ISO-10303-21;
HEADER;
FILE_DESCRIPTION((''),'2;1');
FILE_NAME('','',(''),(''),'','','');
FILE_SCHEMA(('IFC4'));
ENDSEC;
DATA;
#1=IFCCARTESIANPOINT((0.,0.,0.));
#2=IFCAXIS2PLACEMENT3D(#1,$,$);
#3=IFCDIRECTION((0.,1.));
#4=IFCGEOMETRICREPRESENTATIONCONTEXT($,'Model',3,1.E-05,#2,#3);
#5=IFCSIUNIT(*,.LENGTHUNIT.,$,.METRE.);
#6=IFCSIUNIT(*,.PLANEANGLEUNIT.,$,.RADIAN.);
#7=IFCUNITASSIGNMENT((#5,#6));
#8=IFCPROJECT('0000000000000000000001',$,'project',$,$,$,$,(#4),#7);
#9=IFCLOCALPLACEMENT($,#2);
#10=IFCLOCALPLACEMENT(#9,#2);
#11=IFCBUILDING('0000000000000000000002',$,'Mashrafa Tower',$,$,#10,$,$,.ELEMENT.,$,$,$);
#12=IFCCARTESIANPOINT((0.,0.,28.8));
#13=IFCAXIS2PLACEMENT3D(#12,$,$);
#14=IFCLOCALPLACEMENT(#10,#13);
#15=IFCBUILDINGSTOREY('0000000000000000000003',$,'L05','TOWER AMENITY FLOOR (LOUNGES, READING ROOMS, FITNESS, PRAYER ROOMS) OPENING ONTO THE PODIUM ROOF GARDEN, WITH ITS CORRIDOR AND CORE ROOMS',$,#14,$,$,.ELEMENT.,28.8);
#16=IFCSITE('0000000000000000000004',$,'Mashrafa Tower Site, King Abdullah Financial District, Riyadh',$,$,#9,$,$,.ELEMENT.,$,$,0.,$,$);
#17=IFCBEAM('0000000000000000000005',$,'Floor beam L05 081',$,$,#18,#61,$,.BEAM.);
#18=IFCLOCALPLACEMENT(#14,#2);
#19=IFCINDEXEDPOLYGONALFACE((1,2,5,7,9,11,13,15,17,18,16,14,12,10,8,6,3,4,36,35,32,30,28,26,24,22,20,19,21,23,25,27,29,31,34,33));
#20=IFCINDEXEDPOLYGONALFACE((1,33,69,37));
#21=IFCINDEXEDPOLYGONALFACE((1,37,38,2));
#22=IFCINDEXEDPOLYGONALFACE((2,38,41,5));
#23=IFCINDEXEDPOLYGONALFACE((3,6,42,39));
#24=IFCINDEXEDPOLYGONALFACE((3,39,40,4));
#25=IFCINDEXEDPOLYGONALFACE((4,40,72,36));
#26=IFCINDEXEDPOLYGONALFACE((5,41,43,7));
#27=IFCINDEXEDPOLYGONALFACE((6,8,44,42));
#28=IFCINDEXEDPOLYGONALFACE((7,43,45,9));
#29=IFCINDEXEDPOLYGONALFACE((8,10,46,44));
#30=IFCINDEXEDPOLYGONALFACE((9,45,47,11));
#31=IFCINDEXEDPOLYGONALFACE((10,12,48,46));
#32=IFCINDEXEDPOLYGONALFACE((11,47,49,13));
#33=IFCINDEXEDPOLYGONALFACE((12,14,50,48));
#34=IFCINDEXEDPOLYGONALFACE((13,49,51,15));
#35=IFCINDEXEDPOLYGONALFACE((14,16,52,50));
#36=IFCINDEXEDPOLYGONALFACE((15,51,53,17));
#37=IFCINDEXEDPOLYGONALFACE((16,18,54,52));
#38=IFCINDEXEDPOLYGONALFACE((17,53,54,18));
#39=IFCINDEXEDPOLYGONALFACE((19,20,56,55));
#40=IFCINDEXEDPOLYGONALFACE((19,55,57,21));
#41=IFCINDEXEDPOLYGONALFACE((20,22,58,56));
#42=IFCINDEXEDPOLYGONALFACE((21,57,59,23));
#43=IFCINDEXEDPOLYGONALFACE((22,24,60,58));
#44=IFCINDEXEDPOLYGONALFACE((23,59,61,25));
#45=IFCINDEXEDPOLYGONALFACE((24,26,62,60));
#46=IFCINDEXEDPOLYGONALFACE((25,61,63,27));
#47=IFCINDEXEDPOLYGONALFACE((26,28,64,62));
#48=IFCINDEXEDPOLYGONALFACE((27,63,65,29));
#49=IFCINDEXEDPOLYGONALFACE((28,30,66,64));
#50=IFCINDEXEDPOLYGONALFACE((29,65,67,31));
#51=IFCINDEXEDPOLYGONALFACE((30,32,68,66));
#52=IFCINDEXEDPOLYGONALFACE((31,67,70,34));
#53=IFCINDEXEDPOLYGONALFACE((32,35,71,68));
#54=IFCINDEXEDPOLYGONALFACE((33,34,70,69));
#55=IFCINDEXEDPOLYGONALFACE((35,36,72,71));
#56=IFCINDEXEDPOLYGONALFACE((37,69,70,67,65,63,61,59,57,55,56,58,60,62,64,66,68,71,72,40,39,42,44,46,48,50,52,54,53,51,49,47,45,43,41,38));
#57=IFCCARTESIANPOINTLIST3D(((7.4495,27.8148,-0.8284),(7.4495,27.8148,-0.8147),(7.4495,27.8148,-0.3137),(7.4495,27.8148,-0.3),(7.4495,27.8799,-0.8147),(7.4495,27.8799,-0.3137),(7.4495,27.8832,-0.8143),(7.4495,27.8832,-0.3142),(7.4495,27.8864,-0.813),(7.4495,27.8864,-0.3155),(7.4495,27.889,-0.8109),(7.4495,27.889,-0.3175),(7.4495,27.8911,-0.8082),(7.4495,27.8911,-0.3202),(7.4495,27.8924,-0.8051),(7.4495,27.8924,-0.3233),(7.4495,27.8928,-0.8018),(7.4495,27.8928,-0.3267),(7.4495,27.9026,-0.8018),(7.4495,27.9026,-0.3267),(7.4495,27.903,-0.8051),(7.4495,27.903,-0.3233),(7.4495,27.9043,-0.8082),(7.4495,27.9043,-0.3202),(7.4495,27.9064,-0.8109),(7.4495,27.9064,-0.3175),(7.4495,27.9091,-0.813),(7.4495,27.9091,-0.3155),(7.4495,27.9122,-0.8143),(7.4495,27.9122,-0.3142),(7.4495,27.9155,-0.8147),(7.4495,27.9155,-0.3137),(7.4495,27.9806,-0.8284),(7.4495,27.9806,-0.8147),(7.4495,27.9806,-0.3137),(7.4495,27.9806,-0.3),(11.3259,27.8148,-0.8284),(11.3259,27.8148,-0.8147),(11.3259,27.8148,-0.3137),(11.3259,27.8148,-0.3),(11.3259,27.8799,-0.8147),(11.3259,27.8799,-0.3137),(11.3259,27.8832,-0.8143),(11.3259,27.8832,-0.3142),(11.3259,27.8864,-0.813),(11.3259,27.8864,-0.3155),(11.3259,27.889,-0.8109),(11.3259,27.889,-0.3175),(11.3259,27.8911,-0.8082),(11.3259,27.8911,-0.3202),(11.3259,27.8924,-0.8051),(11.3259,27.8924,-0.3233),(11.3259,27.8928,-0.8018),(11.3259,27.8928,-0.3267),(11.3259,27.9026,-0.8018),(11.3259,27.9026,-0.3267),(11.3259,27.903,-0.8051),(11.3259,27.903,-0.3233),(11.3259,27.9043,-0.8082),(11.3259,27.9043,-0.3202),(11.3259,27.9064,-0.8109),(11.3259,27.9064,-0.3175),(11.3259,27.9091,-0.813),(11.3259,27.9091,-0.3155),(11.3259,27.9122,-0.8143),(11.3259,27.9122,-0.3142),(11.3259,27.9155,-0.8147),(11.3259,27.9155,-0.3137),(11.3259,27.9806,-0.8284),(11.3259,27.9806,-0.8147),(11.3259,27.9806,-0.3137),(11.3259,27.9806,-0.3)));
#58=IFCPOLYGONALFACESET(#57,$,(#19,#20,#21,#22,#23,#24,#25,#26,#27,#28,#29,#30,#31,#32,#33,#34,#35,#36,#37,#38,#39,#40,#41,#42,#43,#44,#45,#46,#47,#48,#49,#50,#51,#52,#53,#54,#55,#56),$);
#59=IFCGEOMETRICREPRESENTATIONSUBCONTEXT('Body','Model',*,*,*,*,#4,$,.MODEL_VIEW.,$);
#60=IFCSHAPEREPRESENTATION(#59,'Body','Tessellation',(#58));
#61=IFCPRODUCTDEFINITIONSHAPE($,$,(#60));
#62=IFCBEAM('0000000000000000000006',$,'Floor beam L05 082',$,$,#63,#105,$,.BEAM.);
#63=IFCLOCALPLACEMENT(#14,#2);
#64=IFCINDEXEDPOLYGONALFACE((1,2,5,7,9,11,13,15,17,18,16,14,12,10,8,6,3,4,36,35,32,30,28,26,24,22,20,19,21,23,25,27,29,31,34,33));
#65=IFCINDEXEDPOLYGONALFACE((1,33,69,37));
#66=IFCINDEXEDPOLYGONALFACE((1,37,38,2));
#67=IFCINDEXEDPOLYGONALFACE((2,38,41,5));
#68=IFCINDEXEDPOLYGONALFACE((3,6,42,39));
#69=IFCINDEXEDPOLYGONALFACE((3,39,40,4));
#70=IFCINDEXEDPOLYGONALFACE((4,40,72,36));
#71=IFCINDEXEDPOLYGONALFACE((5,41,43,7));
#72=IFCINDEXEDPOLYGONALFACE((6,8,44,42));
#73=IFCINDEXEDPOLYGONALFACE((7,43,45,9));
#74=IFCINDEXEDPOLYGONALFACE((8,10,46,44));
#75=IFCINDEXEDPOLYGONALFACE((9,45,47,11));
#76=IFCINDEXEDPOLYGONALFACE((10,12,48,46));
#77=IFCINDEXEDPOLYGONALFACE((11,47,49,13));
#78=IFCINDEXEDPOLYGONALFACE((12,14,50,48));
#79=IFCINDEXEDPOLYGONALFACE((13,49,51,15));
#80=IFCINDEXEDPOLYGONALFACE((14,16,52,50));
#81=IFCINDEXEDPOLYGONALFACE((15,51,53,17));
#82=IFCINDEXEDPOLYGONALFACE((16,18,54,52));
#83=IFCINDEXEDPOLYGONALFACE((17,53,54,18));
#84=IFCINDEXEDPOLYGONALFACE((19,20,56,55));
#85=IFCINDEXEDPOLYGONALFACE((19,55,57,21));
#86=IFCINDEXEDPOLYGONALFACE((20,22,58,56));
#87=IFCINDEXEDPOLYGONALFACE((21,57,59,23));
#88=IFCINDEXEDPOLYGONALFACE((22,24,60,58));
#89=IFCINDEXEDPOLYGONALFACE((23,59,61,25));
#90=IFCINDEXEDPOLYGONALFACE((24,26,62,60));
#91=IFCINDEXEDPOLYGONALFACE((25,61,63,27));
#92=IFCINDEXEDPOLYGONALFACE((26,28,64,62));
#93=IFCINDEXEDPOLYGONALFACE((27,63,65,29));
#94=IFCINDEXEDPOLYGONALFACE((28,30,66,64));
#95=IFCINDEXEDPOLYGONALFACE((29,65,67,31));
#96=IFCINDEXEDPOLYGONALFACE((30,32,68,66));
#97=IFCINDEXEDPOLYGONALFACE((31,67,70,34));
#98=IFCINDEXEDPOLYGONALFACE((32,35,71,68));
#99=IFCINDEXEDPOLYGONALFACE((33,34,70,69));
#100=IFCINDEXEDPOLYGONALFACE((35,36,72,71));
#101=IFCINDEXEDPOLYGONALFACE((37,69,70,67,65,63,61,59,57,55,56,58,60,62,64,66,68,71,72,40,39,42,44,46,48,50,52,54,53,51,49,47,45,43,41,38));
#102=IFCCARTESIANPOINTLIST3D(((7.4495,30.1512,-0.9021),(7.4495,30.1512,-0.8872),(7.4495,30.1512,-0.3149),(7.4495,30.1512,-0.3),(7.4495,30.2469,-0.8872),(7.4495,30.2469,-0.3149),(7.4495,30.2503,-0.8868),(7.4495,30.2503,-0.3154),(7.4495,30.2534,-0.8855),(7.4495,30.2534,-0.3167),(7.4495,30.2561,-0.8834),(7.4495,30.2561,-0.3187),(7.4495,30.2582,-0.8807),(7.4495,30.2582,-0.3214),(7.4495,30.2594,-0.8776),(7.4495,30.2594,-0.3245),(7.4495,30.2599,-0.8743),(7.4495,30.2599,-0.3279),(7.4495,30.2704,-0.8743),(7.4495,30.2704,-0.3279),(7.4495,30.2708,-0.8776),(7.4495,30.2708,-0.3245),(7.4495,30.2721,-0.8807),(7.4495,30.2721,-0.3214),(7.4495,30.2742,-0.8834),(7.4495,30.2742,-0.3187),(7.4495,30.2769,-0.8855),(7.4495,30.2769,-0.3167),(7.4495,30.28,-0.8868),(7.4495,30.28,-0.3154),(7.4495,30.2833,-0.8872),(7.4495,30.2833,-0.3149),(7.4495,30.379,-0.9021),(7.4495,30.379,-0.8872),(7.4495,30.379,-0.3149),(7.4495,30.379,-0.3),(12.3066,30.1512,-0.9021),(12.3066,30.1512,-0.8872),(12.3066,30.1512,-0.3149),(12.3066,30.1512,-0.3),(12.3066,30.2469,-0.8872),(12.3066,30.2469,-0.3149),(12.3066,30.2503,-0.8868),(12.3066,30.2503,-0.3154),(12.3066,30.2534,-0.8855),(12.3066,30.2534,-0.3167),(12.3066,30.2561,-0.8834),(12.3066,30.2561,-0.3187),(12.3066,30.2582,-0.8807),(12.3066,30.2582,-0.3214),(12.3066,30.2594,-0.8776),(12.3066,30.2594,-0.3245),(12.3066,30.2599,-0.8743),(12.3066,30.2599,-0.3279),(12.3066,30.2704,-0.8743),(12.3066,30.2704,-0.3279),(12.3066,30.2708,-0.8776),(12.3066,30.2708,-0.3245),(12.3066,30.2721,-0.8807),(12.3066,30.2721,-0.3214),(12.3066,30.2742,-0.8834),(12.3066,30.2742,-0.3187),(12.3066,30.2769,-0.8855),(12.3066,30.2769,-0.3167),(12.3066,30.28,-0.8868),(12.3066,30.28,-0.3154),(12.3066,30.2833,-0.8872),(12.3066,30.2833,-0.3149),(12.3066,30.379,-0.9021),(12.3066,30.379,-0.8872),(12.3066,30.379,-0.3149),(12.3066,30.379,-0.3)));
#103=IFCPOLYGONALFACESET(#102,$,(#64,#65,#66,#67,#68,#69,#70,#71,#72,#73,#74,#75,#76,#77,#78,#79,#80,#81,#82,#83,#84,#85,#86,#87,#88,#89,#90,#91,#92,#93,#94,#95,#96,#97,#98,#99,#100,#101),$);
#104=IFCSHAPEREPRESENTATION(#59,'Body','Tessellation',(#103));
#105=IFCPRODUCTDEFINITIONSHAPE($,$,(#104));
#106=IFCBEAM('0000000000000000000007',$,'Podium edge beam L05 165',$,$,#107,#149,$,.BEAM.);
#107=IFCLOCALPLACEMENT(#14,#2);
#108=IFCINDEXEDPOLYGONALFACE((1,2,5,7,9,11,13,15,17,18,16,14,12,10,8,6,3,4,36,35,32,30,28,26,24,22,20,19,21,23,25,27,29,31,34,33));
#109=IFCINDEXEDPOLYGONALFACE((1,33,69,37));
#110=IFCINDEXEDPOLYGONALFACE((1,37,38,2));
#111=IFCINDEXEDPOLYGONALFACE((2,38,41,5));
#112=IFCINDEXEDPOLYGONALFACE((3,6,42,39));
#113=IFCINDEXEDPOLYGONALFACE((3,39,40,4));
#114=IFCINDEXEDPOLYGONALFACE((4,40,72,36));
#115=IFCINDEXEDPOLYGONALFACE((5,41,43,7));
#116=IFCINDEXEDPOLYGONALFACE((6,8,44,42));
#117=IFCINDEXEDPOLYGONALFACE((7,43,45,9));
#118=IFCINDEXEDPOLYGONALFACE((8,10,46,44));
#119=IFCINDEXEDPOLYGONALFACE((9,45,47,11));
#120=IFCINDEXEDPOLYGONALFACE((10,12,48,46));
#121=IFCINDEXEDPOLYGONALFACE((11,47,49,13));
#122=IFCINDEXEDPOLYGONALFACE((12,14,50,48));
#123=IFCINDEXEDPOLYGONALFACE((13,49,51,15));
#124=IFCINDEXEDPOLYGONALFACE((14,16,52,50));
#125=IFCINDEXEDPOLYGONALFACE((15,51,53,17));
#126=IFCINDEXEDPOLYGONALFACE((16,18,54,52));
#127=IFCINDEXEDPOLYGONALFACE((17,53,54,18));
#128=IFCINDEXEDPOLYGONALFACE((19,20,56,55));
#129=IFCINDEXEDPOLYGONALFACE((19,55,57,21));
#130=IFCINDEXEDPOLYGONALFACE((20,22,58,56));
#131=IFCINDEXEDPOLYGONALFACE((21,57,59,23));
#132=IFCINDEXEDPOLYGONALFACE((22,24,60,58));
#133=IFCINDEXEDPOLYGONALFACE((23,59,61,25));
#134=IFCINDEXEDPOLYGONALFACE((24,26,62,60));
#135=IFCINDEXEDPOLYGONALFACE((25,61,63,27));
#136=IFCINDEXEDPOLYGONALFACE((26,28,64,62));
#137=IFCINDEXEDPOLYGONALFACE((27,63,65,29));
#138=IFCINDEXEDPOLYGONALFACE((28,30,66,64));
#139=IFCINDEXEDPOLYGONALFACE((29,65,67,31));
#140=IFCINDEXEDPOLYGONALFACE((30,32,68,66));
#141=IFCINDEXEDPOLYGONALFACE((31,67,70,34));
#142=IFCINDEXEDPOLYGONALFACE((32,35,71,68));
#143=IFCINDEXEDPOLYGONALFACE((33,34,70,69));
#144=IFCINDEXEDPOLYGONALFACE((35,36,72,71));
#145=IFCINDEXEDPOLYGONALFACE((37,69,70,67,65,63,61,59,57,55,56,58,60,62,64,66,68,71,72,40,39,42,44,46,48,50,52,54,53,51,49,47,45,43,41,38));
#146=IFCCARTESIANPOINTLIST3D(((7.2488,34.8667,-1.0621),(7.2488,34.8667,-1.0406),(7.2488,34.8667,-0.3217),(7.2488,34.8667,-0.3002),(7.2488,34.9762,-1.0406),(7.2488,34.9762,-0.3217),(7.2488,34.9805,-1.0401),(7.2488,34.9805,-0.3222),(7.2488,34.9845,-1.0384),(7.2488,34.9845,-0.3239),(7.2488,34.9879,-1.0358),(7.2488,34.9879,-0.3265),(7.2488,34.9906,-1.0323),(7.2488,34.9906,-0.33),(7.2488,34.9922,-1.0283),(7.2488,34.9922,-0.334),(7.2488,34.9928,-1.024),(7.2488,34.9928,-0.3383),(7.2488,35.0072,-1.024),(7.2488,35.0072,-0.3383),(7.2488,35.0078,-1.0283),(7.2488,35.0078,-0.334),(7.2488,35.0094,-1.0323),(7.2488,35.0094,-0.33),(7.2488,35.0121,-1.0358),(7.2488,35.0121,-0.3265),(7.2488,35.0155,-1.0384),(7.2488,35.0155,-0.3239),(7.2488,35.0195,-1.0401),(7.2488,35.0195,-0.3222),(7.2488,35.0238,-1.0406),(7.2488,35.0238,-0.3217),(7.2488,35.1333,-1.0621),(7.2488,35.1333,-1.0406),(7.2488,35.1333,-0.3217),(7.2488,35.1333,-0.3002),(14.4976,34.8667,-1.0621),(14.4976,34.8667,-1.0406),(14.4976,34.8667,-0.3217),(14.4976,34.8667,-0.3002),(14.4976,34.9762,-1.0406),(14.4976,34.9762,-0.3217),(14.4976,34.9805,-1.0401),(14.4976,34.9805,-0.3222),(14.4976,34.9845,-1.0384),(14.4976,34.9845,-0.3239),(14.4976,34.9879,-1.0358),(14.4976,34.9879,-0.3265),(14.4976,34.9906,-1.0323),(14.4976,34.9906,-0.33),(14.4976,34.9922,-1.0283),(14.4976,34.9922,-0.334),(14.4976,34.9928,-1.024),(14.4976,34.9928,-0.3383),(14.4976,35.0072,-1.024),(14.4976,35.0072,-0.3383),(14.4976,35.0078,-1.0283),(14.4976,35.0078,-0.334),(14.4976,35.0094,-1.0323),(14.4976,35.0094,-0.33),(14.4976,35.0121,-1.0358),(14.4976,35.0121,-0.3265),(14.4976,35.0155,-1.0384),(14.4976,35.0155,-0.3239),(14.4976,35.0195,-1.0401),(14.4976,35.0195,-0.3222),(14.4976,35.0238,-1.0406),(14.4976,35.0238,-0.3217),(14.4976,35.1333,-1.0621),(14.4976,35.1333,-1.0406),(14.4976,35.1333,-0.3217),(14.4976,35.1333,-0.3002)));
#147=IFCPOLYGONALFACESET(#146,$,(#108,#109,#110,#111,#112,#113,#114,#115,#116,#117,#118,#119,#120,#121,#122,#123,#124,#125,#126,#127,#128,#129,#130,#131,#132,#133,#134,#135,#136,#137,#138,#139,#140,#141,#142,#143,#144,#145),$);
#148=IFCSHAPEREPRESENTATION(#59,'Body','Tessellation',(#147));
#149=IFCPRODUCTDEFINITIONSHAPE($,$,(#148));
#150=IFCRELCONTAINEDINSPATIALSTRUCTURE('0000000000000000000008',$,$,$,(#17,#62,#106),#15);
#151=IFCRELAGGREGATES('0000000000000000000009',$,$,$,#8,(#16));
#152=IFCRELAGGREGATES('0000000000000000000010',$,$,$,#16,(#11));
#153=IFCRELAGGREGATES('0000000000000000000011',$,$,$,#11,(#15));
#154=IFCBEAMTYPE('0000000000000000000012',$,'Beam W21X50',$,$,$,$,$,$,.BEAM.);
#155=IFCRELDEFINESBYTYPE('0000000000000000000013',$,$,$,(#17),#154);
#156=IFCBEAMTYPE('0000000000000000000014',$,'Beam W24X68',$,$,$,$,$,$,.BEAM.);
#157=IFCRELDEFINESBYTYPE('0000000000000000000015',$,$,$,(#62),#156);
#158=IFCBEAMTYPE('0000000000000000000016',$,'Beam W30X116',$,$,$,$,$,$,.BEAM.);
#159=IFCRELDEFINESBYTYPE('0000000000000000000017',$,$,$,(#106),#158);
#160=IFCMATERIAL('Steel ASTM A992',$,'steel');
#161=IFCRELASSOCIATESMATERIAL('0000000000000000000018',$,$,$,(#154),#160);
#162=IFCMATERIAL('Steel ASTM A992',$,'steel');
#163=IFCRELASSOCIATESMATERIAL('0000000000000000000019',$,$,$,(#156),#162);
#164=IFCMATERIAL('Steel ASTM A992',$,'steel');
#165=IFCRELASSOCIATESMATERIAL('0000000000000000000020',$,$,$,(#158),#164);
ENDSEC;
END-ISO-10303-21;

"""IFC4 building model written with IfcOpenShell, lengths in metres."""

from ifc_helpers import new_model, si_unit, direction, frame, origin, origin_2d, place, context, subcontext, project, spatial, i_section, extrude, material, material_profile, profile_set, type_object, element, save


model = new_model("IFC4")

# Units and contexts
model_context = context("Model", 3, precision=1e-05, world=origin(), true_north=direction((0.0, 1.0)))
body_context = subcontext(model_context, "Body", "Model", "MODEL_VIEW")
ifc_project = project(units=[si_unit("LENGTHUNIT", "METRE"), si_unit("PLANEANGLEUNIT", "RADIAN")], contexts=[model_context])

# Site, building, storey
site_placement = place(None, origin())
site = spatial("IfcSite", under=ifc_project, at=site_placement, Name="Mashrafa Tower Site, King Abdullah Financial District, Riyadh", CompositionType="ELEMENT", RefElevation=0.0)
building_placement = place(site_placement, origin())
building = spatial("IfcBuilding", under=site, at=building_placement, Name="Mashrafa Tower", CompositionType="ELEMENT")
storey_placement = place(building_placement, frame((0.0, 0.0, 28.8)))
storey = spatial("IfcBuildingStorey", under=building, at=storey_placement, Name="L05", Description="TOWER AMENITY FLOOR (LOUNGES, READING ROOMS, FITNESS, PRAYER ROOMS) OPENING ONTO THE PODIUM ROOF GARDEN, WITH ITS CORRIDOR AND CORE ROOMS", CompositionType="ELEMENT", Elevation=28.8)

# Beams
ifc_material_1 = material(Name="Steel ASTM A992", Category="steel")
ifc_material_profile_1 = material_profile(ifc_material_1, i_section(OverallWidth=0.1658, OverallDepth=0.5283, WebThickness=0.0098, FlangeThickness=0.0137, FilletRadius=0.0129, at=origin_2d()), Name="W21X50")
ifc_profile_set_1 = profile_set([ifc_material_profile_1], Name="Steel ASTM A992")
beam_type_1 = type_object("IfcBeamType", Name="Beam W21X50", PredefinedType="BEAM", material=ifc_profile_set_1)
beam_1_placement = place(storey_placement, frame((7.4495, 27.8977, -0.5642), z_axis=(1.0, 0.0, 0.0), x_axis=(0.0, 1.0, 0.0)))
element("IfcBeam", 1, at=beam_1_placement, inside=storey, type_object=beam_type_1, Name="Floor beam L05 081", PredefinedType="BEAM", context=body_context, shape_type="SweptSolid", body=[
    extrude(i_section(OverallWidth=0.1658, OverallDepth=0.5283, WebThickness=0.0098, FlangeThickness=0.0137, FilletRadius=0.0129, at=origin_2d()), origin(), (0.0, 0.0, 1.0), 3.8765),
])
ifc_material_2 = material(Name="Steel ASTM A992", Category="steel")
ifc_material_profile_2 = material_profile(ifc_material_2, i_section(OverallWidth=0.2278, OverallDepth=0.6021, WebThickness=0.0105, FlangeThickness=0.0149, FilletRadius=0.0129, at=origin_2d()), Name="W24X68")
ifc_profile_set_2 = profile_set([ifc_material_profile_2], Name="Steel ASTM A992")
beam_type_2 = type_object("IfcBeamType", Name="Beam W24X68", PredefinedType="BEAM", material=ifc_profile_set_2)
beam_2_placement = place(storey_placement, frame((7.4495, 30.2651, -0.6011), z_axis=(1.0, 0.0, 0.0), x_axis=(0.0, 1.0, 0.0)))
element("IfcBeam", 2, at=beam_2_placement, inside=storey, type_object=beam_type_2, Name="Floor beam L05 082", PredefinedType="BEAM", context=body_context, shape_type="SweptSolid", body=[
    extrude(i_section(OverallWidth=0.2278, OverallDepth=0.6021, WebThickness=0.0105, FlangeThickness=0.0149, FilletRadius=0.0129, at=origin_2d()), origin(), (0.0, 0.0, 1.0), 4.8572),
])
ifc_material_3 = material(Name="Steel ASTM A992", Category="steel")
ifc_material_profile_3 = material_profile(ifc_material_3, i_section(OverallWidth=0.2666, OverallDepth=0.762, WebThickness=0.0144, FlangeThickness=0.0215, FilletRadius=0.0166, at=origin_2d()), Name="W30X116")
ifc_profile_set_3 = profile_set([ifc_material_profile_3], Name="Steel ASTM A992")
beam_type_3 = type_object("IfcBeamType", Name="Beam W30X116", PredefinedType="BEAM", material=ifc_profile_set_3)
beam_3_placement = place(storey_placement, frame((14.4976, 35.0, -0.6812), z_axis=(-1.0, 0.0, 0.0), x_axis=(0.0, -1.0, 0.0)))
element("IfcBeam", 3, at=beam_3_placement, inside=storey, type_object=beam_type_3, Name="Podium edge beam L05 165", PredefinedType="BEAM", context=body_context, shape_type="SweptSolid", body=[
    extrude(i_section(OverallWidth=0.2666, OverallDepth=0.762, WebThickness=0.0144, FlangeThickness=0.0215, FilletRadius=0.0166, at=origin_2d()), origin(), (0.0, 0.0, 1.0), 7.2488),
])

save(model, "model.ifc")
